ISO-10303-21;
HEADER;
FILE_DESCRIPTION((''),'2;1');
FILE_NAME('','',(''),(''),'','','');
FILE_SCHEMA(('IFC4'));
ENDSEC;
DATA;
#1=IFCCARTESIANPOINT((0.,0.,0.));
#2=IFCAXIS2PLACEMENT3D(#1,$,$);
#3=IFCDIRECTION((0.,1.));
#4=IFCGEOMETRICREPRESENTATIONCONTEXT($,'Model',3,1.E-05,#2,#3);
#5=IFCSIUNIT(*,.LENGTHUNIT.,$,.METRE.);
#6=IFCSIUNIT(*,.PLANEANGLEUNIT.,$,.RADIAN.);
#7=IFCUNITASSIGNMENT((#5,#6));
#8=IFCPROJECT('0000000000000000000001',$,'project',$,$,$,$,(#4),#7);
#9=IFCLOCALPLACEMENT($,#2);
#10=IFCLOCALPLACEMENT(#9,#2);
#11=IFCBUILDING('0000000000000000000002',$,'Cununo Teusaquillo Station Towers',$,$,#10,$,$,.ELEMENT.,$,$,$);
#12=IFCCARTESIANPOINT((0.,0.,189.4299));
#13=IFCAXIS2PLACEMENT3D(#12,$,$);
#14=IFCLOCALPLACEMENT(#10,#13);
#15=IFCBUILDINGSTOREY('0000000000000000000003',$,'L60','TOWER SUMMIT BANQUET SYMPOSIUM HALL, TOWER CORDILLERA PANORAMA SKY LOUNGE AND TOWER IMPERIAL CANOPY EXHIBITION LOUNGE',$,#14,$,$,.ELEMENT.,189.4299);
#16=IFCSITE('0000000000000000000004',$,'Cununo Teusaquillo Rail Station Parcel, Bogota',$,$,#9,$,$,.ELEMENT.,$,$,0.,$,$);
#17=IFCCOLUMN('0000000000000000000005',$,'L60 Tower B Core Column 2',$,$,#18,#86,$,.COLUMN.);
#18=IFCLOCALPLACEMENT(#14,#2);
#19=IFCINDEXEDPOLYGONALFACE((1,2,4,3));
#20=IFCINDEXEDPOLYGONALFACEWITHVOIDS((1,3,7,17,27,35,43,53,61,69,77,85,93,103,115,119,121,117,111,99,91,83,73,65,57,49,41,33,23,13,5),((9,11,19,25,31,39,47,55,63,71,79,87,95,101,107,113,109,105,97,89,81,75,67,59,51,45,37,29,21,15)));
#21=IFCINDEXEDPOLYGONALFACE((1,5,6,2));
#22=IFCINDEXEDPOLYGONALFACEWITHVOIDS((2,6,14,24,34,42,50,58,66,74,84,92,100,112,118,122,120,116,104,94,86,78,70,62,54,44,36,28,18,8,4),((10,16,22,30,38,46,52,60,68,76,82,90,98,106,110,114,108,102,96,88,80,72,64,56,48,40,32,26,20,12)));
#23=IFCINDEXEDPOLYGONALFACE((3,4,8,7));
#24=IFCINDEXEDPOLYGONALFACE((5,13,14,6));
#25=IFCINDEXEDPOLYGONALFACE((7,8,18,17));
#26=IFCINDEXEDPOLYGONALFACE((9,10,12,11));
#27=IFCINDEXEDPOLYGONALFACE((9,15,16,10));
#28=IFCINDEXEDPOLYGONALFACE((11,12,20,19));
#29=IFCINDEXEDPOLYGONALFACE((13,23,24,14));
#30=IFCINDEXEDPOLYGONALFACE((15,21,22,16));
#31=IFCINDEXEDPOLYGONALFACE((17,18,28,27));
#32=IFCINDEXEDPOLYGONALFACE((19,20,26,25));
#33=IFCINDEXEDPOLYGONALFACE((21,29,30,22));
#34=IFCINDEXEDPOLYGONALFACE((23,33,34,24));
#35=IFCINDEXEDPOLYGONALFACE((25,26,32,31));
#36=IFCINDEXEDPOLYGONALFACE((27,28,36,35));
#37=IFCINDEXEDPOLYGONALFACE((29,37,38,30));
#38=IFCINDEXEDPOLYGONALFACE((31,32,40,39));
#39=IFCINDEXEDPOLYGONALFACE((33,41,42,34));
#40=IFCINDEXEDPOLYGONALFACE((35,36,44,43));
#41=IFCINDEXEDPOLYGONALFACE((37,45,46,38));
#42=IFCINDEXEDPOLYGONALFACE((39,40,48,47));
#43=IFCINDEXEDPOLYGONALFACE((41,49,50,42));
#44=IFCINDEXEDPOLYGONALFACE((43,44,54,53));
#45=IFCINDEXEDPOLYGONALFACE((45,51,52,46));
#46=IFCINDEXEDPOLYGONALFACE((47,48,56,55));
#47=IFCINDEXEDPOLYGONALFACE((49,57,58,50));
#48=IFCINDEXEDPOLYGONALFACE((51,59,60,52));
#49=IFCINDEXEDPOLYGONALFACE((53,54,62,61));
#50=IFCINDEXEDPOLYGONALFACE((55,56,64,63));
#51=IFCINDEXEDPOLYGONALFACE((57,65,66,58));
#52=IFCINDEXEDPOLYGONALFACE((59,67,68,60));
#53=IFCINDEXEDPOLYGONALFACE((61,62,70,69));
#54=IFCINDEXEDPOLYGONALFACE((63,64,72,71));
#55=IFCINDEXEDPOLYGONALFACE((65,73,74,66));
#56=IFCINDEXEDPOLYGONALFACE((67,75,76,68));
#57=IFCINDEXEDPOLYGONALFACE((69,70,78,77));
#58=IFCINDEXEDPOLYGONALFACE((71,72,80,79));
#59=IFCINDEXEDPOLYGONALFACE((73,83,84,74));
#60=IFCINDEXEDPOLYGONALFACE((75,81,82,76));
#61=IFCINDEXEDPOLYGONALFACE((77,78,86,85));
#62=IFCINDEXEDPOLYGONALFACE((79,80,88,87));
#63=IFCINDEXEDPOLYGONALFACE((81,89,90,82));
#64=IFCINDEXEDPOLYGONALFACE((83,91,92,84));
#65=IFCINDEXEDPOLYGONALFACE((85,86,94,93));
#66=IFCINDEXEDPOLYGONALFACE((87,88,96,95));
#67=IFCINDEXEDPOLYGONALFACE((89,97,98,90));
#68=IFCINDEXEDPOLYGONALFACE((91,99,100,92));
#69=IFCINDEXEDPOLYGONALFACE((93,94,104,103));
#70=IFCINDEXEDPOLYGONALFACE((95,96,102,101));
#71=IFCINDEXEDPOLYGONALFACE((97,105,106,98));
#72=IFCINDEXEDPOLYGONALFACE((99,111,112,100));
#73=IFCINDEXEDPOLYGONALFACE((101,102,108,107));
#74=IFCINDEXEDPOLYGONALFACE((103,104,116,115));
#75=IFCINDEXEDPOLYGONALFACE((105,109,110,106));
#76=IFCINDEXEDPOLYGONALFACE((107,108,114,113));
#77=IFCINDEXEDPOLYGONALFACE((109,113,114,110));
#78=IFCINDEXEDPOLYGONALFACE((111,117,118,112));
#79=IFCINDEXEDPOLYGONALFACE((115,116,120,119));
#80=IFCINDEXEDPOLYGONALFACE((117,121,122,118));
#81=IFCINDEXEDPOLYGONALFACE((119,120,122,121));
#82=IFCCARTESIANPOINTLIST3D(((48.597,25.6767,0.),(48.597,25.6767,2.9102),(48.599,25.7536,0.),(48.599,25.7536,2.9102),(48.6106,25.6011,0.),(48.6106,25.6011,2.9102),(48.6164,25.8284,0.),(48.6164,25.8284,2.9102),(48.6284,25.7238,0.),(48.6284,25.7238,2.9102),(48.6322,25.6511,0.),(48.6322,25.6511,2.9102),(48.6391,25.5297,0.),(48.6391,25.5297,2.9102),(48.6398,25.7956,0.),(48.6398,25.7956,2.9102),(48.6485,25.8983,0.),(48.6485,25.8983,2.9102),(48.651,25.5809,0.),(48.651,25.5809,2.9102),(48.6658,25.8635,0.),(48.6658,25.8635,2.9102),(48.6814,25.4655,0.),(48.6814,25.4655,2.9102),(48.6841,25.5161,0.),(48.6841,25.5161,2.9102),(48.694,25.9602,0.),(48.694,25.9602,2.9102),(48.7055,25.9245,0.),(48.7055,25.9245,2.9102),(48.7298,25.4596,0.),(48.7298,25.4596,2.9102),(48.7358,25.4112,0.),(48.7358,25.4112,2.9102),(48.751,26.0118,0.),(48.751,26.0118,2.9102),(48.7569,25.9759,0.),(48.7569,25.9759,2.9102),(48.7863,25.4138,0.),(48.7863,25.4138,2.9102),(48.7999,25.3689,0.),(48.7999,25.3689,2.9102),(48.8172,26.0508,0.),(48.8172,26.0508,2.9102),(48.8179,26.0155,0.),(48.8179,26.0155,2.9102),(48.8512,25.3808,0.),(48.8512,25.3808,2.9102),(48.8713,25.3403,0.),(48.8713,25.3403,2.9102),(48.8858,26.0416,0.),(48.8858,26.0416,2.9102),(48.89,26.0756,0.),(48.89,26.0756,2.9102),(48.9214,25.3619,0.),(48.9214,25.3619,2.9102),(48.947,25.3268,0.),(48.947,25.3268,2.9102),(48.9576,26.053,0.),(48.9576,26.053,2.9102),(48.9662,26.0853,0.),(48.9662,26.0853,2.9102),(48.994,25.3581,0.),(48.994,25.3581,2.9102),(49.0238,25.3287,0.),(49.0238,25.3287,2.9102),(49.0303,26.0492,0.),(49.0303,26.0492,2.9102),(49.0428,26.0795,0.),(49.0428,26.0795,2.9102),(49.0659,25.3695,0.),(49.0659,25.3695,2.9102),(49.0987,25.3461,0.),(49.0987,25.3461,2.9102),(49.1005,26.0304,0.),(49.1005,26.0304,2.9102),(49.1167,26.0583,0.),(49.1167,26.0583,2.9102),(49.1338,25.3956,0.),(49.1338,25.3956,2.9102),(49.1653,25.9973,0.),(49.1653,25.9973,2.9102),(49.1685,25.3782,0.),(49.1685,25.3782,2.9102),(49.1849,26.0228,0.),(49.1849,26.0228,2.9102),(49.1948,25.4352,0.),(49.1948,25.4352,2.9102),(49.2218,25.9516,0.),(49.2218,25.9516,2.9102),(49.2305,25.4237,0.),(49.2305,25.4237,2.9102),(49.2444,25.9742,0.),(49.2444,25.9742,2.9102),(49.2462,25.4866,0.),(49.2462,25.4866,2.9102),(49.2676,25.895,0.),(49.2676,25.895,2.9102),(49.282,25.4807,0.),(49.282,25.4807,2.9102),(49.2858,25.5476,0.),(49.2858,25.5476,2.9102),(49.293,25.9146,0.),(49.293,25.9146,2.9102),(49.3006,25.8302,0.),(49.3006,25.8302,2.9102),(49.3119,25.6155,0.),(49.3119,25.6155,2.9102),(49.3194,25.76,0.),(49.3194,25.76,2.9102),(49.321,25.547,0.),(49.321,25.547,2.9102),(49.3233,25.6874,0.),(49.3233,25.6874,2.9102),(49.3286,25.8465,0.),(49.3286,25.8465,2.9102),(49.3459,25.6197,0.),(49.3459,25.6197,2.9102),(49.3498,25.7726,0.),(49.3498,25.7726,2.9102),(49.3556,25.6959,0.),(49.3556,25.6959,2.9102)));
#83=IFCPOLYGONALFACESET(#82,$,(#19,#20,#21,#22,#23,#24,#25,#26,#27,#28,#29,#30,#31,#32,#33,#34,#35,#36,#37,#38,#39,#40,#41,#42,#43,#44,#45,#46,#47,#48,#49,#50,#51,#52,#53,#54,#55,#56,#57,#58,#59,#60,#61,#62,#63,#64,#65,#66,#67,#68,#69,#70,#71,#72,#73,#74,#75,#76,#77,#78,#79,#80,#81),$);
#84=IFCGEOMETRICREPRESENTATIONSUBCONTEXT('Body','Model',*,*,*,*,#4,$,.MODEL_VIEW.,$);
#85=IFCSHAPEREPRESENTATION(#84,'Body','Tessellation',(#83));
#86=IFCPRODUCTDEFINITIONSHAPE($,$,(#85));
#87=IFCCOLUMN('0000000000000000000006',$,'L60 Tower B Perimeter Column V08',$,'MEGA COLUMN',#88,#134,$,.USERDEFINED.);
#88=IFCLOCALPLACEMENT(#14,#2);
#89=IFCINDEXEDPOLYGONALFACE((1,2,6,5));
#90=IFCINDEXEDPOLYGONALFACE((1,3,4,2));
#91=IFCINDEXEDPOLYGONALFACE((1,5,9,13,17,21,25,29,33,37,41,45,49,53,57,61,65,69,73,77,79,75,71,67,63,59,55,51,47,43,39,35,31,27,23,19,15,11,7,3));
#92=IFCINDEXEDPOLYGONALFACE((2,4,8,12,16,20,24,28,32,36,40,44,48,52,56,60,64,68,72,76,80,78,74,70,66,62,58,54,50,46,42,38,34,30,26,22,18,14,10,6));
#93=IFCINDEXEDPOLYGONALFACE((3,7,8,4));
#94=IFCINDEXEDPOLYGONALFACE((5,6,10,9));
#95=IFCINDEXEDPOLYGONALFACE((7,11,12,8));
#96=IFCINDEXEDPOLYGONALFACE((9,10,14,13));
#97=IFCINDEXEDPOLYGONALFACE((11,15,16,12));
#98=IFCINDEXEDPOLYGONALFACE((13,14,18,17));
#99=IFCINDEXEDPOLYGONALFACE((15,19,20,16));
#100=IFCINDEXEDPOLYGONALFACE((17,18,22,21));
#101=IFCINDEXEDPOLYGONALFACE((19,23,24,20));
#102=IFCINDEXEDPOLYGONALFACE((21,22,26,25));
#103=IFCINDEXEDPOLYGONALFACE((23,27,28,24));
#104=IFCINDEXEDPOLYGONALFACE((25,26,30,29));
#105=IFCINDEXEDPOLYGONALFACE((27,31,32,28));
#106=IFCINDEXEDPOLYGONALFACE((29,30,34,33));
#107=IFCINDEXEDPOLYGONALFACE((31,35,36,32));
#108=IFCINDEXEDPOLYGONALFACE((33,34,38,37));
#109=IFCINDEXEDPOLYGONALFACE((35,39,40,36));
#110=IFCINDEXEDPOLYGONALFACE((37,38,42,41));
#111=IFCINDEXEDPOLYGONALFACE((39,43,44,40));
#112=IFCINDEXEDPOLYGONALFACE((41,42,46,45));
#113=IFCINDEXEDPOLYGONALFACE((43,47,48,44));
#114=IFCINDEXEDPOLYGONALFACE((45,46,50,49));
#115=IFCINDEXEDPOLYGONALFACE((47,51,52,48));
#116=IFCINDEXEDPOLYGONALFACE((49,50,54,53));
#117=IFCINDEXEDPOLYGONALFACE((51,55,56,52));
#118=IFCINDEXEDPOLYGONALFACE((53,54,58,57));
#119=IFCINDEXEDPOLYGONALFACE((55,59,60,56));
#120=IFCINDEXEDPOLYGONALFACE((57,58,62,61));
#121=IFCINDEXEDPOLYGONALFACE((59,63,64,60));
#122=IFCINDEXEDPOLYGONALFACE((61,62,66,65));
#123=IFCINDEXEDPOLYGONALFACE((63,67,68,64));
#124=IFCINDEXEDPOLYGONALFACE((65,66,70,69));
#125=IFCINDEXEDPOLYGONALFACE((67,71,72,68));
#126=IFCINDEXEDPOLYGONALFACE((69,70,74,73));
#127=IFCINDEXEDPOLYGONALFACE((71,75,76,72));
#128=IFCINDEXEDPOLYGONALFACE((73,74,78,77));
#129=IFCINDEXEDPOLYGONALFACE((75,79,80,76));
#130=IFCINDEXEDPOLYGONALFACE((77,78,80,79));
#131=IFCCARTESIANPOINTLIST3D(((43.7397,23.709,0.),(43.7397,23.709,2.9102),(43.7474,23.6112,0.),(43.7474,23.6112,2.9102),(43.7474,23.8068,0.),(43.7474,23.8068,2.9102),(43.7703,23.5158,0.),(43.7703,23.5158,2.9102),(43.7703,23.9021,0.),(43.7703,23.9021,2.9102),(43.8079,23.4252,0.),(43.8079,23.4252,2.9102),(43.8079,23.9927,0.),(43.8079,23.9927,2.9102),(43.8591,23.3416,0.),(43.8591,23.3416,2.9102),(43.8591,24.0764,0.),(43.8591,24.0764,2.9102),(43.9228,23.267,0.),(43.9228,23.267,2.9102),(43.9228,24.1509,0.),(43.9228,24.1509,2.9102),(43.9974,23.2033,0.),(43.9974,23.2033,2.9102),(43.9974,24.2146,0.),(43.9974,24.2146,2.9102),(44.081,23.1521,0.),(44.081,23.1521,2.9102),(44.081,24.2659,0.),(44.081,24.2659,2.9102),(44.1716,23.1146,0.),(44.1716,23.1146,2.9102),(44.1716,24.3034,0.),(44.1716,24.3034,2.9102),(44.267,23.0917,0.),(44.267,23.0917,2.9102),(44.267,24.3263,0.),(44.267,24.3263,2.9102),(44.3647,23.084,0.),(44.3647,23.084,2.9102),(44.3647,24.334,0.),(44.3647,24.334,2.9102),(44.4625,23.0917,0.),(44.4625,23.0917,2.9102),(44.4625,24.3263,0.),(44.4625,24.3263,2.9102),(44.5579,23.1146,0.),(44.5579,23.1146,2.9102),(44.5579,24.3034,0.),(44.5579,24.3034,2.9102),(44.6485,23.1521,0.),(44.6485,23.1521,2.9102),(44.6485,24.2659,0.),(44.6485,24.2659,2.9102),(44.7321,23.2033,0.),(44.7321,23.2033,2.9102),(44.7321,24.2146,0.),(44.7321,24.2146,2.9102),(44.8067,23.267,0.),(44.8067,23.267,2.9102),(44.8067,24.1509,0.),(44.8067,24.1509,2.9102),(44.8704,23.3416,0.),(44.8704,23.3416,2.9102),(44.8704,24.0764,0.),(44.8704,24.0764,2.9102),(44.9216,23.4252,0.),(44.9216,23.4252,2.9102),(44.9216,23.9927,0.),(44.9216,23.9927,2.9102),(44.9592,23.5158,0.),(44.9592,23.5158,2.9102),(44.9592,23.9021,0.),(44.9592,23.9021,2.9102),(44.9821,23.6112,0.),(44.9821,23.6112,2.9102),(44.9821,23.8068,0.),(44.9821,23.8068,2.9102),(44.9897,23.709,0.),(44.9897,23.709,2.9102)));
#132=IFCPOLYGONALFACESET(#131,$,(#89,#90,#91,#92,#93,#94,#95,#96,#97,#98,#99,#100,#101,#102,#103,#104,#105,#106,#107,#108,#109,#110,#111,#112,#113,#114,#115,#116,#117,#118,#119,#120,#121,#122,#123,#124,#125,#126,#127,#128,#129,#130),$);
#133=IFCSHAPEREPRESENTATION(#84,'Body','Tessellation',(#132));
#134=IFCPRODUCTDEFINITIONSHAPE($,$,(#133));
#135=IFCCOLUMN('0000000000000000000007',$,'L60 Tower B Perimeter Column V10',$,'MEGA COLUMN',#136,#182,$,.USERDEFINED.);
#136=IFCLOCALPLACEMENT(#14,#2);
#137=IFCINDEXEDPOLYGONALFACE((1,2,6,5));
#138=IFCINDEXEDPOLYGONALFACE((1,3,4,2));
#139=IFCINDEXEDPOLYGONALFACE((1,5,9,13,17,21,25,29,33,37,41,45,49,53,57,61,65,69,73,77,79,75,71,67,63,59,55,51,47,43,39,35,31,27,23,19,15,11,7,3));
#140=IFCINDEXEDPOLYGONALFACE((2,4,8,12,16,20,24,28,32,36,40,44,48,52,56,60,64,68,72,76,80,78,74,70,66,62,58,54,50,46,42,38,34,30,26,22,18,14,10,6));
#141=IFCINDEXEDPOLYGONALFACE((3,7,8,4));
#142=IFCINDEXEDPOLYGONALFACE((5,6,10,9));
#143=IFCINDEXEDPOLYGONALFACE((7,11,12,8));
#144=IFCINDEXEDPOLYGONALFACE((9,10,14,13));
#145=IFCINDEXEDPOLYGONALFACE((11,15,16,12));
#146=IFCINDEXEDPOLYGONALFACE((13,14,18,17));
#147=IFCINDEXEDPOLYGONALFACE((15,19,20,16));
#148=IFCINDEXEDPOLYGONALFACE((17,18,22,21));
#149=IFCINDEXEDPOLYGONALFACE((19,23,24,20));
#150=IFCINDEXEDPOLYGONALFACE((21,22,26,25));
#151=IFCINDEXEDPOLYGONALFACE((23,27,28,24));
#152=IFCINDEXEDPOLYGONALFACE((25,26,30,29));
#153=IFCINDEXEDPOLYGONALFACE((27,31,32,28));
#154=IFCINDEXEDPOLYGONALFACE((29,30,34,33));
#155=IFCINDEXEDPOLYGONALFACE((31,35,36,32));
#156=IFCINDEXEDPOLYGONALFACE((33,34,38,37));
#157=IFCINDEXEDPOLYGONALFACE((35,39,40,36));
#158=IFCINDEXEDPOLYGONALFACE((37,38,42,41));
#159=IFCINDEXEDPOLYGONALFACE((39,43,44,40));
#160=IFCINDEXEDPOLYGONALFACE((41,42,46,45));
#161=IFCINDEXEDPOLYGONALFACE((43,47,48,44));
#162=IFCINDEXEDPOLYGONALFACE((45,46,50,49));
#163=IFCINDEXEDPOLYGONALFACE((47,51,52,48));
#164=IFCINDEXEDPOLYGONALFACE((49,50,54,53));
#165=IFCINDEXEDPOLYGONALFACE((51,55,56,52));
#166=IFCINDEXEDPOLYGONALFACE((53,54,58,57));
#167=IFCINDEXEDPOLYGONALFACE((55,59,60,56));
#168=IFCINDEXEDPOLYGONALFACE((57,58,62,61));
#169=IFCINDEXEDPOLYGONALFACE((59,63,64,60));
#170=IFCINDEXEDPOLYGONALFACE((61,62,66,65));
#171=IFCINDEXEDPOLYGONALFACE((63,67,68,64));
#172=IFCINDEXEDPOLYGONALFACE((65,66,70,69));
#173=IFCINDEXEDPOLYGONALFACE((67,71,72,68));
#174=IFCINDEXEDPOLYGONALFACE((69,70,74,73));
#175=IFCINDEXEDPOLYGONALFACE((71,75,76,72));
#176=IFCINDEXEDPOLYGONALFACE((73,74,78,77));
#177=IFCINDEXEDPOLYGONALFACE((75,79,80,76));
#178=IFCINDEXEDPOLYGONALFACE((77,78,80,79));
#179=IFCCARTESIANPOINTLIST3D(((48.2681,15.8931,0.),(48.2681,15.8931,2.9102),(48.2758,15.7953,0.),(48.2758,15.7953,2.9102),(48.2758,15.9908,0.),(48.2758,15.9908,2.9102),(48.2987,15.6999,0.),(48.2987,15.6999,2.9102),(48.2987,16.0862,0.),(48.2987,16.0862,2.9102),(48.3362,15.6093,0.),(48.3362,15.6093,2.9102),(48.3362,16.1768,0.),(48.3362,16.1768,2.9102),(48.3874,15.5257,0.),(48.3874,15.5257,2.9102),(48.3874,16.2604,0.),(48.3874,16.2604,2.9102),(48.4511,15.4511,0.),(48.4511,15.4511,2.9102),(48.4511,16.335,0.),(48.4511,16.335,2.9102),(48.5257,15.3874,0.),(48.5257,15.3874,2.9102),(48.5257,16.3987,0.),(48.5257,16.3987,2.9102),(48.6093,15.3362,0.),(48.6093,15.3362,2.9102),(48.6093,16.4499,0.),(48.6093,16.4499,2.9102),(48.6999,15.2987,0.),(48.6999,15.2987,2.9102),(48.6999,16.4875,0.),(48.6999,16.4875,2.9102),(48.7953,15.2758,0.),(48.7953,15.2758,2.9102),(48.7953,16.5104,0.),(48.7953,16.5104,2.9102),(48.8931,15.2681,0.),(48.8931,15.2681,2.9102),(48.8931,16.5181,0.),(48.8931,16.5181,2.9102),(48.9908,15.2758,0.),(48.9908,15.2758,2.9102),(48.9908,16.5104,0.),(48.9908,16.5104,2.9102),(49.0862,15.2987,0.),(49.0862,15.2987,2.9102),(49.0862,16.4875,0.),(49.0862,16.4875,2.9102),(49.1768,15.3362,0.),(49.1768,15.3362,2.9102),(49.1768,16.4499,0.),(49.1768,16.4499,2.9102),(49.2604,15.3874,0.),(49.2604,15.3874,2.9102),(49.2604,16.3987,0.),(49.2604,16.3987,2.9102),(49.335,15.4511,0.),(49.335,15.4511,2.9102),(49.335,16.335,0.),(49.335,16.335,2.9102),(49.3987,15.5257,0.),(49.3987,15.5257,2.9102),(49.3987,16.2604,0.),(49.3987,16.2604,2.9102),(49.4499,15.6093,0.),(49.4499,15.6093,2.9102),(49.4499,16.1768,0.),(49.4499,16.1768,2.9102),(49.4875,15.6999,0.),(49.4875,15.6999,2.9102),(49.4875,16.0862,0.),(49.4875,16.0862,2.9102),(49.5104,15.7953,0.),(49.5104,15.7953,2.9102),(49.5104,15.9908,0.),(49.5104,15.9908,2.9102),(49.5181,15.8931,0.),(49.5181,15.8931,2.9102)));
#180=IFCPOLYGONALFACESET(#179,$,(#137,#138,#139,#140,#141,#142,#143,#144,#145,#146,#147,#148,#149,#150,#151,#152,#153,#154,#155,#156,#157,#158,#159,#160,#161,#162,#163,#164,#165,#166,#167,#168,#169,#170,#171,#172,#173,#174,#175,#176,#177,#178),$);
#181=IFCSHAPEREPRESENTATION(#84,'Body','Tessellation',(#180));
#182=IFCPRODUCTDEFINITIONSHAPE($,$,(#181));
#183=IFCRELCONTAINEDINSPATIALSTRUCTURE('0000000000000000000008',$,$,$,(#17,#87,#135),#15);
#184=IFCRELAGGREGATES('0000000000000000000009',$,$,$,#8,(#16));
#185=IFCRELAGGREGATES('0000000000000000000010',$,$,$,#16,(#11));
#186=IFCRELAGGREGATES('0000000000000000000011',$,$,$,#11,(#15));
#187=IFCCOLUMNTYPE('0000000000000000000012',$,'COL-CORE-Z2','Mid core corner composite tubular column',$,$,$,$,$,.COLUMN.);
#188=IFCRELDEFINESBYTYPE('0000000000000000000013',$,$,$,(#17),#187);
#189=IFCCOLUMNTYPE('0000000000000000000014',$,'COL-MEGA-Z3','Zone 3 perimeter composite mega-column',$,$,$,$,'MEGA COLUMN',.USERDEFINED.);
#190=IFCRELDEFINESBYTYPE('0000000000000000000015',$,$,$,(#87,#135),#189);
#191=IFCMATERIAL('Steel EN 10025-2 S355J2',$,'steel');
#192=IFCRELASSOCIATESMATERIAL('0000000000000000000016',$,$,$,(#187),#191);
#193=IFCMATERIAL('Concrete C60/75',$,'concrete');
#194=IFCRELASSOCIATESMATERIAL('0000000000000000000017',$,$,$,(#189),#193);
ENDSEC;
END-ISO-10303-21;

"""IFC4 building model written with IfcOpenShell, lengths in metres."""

from ifc_helpers import new_model, si_unit, direction, frame, origin, origin_2d, place, context, subcontext, project, spatial, circle, hollow_circle, extrude, material, material_profile, profile_set, type_object, element, save


model = new_model("IFC4")

# Units and contexts
model_context = context("Model", 3, precision=1e-05, world=origin(), true_north=direction((0.0, 1.0)))
body_context = subcontext(model_context, "Body", "Model", "MODEL_VIEW")
ifc_project = project(units=[si_unit("LENGTHUNIT", "METRE"), si_unit("PLANEANGLEUNIT", "RADIAN")], contexts=[model_context])

# Site, building, storey
site_placement = place(None, origin())
site = spatial("IfcSite", under=ifc_project, at=site_placement, Name="Cununo Teusaquillo Rail Station Parcel, Bogota", CompositionType="ELEMENT", RefElevation=0.0)
building_placement = place(site_placement, origin())
building = spatial("IfcBuilding", under=site, at=building_placement, Name="Cununo Teusaquillo Station Towers", CompositionType="ELEMENT")
storey_placement = place(building_placement, frame((0.0, 0.0, 189.4299)))
storey = spatial("IfcBuildingStorey", under=building, at=storey_placement, Name="L60", Description="TOWER SUMMIT BANQUET SYMPOSIUM HALL, TOWER CORDILLERA PANORAMA SKY LOUNGE AND TOWER IMPERIAL CANOPY EXHIBITION LOUNGE", CompositionType="ELEMENT", Elevation=189.4299)

# Columns
ifc_material_1 = material(Name="Steel EN 10025-2 S355J2", Category="steel")
ifc_material_profile_1 = material_profile(ifc_material_1, hollow_circle(Radius=0.3799, WallThickness=0.032, at=origin_2d()), Name="CHS 760x32")
ifc_profile_set_1 = profile_set([ifc_material_profile_1], Name="Steel EN 10025-2 S355J2")
column_type_1 = type_object("IfcColumnType", Name="COL-CORE-Z2", Description="Mid core corner composite tubular column", PredefinedType="COLUMN", material=ifc_profile_set_1)
column_placement = place(storey_placement, frame((48.9758, 25.7056, 0.0), z_axis=(0.0, 0.0, 1.0), x_axis=(0.707107, 0.707107, 0.0)))
element("IfcColumn", 1, at=column_placement, inside=storey, type_object=column_type_1, Name="L60 Tower B Core Column 2", PredefinedType="COLUMN", context=body_context, shape_type="SweptSolid", body=[
    extrude(hollow_circle(Radius=0.3799, WallThickness=0.032, at=origin_2d()), origin(), (0.0, 0.0, 1.0), 2.9102),
])
ifc_material_2 = material(Name="Concrete C60/75", Category="concrete")
ifc_material_profile_2 = material_profile(ifc_material_2, circle(Radius=0.625, at=origin_2d()), Name="RC-CIRC-1250")
ifc_profile_set_2 = profile_set([ifc_material_profile_2], Name="Concrete C60/75")
column_type_2 = type_object("IfcColumnType", Name="COL-MEGA-Z3", Description="Zone 3 perimeter composite mega-column", ElementType="MEGA COLUMN", PredefinedType="USERDEFINED", material=ifc_profile_set_2)
for number, where, z_axis, x_axis, name in (
    (2, (44.3647, 23.709, 0.0), (0.0, 0.0, 1.0), (1.0, 0.0, 0.0), "L60 Tower B Perimeter Column V08"),
    (3, (48.8931, 15.8931, 0.0), (0.0, 0.0, 1.0), (1.0, 0.0, 0.0), "L60 Tower B Perimeter Column V10"),
):
    element("IfcColumn", number, at=place(storey_placement, frame(where, z_axis=z_axis, x_axis=x_axis)), inside=storey, type_object=column_type_2, Name=name, ObjectType="MEGA COLUMN", PredefinedType="USERDEFINED", context=body_context, shape_type="SweptSolid", body=[
        extrude(circle(Radius=0.625, at=origin_2d()), origin(), (0.0, 0.0, 1.0), 2.9102),
    ])

save(model, "model.ifc")
